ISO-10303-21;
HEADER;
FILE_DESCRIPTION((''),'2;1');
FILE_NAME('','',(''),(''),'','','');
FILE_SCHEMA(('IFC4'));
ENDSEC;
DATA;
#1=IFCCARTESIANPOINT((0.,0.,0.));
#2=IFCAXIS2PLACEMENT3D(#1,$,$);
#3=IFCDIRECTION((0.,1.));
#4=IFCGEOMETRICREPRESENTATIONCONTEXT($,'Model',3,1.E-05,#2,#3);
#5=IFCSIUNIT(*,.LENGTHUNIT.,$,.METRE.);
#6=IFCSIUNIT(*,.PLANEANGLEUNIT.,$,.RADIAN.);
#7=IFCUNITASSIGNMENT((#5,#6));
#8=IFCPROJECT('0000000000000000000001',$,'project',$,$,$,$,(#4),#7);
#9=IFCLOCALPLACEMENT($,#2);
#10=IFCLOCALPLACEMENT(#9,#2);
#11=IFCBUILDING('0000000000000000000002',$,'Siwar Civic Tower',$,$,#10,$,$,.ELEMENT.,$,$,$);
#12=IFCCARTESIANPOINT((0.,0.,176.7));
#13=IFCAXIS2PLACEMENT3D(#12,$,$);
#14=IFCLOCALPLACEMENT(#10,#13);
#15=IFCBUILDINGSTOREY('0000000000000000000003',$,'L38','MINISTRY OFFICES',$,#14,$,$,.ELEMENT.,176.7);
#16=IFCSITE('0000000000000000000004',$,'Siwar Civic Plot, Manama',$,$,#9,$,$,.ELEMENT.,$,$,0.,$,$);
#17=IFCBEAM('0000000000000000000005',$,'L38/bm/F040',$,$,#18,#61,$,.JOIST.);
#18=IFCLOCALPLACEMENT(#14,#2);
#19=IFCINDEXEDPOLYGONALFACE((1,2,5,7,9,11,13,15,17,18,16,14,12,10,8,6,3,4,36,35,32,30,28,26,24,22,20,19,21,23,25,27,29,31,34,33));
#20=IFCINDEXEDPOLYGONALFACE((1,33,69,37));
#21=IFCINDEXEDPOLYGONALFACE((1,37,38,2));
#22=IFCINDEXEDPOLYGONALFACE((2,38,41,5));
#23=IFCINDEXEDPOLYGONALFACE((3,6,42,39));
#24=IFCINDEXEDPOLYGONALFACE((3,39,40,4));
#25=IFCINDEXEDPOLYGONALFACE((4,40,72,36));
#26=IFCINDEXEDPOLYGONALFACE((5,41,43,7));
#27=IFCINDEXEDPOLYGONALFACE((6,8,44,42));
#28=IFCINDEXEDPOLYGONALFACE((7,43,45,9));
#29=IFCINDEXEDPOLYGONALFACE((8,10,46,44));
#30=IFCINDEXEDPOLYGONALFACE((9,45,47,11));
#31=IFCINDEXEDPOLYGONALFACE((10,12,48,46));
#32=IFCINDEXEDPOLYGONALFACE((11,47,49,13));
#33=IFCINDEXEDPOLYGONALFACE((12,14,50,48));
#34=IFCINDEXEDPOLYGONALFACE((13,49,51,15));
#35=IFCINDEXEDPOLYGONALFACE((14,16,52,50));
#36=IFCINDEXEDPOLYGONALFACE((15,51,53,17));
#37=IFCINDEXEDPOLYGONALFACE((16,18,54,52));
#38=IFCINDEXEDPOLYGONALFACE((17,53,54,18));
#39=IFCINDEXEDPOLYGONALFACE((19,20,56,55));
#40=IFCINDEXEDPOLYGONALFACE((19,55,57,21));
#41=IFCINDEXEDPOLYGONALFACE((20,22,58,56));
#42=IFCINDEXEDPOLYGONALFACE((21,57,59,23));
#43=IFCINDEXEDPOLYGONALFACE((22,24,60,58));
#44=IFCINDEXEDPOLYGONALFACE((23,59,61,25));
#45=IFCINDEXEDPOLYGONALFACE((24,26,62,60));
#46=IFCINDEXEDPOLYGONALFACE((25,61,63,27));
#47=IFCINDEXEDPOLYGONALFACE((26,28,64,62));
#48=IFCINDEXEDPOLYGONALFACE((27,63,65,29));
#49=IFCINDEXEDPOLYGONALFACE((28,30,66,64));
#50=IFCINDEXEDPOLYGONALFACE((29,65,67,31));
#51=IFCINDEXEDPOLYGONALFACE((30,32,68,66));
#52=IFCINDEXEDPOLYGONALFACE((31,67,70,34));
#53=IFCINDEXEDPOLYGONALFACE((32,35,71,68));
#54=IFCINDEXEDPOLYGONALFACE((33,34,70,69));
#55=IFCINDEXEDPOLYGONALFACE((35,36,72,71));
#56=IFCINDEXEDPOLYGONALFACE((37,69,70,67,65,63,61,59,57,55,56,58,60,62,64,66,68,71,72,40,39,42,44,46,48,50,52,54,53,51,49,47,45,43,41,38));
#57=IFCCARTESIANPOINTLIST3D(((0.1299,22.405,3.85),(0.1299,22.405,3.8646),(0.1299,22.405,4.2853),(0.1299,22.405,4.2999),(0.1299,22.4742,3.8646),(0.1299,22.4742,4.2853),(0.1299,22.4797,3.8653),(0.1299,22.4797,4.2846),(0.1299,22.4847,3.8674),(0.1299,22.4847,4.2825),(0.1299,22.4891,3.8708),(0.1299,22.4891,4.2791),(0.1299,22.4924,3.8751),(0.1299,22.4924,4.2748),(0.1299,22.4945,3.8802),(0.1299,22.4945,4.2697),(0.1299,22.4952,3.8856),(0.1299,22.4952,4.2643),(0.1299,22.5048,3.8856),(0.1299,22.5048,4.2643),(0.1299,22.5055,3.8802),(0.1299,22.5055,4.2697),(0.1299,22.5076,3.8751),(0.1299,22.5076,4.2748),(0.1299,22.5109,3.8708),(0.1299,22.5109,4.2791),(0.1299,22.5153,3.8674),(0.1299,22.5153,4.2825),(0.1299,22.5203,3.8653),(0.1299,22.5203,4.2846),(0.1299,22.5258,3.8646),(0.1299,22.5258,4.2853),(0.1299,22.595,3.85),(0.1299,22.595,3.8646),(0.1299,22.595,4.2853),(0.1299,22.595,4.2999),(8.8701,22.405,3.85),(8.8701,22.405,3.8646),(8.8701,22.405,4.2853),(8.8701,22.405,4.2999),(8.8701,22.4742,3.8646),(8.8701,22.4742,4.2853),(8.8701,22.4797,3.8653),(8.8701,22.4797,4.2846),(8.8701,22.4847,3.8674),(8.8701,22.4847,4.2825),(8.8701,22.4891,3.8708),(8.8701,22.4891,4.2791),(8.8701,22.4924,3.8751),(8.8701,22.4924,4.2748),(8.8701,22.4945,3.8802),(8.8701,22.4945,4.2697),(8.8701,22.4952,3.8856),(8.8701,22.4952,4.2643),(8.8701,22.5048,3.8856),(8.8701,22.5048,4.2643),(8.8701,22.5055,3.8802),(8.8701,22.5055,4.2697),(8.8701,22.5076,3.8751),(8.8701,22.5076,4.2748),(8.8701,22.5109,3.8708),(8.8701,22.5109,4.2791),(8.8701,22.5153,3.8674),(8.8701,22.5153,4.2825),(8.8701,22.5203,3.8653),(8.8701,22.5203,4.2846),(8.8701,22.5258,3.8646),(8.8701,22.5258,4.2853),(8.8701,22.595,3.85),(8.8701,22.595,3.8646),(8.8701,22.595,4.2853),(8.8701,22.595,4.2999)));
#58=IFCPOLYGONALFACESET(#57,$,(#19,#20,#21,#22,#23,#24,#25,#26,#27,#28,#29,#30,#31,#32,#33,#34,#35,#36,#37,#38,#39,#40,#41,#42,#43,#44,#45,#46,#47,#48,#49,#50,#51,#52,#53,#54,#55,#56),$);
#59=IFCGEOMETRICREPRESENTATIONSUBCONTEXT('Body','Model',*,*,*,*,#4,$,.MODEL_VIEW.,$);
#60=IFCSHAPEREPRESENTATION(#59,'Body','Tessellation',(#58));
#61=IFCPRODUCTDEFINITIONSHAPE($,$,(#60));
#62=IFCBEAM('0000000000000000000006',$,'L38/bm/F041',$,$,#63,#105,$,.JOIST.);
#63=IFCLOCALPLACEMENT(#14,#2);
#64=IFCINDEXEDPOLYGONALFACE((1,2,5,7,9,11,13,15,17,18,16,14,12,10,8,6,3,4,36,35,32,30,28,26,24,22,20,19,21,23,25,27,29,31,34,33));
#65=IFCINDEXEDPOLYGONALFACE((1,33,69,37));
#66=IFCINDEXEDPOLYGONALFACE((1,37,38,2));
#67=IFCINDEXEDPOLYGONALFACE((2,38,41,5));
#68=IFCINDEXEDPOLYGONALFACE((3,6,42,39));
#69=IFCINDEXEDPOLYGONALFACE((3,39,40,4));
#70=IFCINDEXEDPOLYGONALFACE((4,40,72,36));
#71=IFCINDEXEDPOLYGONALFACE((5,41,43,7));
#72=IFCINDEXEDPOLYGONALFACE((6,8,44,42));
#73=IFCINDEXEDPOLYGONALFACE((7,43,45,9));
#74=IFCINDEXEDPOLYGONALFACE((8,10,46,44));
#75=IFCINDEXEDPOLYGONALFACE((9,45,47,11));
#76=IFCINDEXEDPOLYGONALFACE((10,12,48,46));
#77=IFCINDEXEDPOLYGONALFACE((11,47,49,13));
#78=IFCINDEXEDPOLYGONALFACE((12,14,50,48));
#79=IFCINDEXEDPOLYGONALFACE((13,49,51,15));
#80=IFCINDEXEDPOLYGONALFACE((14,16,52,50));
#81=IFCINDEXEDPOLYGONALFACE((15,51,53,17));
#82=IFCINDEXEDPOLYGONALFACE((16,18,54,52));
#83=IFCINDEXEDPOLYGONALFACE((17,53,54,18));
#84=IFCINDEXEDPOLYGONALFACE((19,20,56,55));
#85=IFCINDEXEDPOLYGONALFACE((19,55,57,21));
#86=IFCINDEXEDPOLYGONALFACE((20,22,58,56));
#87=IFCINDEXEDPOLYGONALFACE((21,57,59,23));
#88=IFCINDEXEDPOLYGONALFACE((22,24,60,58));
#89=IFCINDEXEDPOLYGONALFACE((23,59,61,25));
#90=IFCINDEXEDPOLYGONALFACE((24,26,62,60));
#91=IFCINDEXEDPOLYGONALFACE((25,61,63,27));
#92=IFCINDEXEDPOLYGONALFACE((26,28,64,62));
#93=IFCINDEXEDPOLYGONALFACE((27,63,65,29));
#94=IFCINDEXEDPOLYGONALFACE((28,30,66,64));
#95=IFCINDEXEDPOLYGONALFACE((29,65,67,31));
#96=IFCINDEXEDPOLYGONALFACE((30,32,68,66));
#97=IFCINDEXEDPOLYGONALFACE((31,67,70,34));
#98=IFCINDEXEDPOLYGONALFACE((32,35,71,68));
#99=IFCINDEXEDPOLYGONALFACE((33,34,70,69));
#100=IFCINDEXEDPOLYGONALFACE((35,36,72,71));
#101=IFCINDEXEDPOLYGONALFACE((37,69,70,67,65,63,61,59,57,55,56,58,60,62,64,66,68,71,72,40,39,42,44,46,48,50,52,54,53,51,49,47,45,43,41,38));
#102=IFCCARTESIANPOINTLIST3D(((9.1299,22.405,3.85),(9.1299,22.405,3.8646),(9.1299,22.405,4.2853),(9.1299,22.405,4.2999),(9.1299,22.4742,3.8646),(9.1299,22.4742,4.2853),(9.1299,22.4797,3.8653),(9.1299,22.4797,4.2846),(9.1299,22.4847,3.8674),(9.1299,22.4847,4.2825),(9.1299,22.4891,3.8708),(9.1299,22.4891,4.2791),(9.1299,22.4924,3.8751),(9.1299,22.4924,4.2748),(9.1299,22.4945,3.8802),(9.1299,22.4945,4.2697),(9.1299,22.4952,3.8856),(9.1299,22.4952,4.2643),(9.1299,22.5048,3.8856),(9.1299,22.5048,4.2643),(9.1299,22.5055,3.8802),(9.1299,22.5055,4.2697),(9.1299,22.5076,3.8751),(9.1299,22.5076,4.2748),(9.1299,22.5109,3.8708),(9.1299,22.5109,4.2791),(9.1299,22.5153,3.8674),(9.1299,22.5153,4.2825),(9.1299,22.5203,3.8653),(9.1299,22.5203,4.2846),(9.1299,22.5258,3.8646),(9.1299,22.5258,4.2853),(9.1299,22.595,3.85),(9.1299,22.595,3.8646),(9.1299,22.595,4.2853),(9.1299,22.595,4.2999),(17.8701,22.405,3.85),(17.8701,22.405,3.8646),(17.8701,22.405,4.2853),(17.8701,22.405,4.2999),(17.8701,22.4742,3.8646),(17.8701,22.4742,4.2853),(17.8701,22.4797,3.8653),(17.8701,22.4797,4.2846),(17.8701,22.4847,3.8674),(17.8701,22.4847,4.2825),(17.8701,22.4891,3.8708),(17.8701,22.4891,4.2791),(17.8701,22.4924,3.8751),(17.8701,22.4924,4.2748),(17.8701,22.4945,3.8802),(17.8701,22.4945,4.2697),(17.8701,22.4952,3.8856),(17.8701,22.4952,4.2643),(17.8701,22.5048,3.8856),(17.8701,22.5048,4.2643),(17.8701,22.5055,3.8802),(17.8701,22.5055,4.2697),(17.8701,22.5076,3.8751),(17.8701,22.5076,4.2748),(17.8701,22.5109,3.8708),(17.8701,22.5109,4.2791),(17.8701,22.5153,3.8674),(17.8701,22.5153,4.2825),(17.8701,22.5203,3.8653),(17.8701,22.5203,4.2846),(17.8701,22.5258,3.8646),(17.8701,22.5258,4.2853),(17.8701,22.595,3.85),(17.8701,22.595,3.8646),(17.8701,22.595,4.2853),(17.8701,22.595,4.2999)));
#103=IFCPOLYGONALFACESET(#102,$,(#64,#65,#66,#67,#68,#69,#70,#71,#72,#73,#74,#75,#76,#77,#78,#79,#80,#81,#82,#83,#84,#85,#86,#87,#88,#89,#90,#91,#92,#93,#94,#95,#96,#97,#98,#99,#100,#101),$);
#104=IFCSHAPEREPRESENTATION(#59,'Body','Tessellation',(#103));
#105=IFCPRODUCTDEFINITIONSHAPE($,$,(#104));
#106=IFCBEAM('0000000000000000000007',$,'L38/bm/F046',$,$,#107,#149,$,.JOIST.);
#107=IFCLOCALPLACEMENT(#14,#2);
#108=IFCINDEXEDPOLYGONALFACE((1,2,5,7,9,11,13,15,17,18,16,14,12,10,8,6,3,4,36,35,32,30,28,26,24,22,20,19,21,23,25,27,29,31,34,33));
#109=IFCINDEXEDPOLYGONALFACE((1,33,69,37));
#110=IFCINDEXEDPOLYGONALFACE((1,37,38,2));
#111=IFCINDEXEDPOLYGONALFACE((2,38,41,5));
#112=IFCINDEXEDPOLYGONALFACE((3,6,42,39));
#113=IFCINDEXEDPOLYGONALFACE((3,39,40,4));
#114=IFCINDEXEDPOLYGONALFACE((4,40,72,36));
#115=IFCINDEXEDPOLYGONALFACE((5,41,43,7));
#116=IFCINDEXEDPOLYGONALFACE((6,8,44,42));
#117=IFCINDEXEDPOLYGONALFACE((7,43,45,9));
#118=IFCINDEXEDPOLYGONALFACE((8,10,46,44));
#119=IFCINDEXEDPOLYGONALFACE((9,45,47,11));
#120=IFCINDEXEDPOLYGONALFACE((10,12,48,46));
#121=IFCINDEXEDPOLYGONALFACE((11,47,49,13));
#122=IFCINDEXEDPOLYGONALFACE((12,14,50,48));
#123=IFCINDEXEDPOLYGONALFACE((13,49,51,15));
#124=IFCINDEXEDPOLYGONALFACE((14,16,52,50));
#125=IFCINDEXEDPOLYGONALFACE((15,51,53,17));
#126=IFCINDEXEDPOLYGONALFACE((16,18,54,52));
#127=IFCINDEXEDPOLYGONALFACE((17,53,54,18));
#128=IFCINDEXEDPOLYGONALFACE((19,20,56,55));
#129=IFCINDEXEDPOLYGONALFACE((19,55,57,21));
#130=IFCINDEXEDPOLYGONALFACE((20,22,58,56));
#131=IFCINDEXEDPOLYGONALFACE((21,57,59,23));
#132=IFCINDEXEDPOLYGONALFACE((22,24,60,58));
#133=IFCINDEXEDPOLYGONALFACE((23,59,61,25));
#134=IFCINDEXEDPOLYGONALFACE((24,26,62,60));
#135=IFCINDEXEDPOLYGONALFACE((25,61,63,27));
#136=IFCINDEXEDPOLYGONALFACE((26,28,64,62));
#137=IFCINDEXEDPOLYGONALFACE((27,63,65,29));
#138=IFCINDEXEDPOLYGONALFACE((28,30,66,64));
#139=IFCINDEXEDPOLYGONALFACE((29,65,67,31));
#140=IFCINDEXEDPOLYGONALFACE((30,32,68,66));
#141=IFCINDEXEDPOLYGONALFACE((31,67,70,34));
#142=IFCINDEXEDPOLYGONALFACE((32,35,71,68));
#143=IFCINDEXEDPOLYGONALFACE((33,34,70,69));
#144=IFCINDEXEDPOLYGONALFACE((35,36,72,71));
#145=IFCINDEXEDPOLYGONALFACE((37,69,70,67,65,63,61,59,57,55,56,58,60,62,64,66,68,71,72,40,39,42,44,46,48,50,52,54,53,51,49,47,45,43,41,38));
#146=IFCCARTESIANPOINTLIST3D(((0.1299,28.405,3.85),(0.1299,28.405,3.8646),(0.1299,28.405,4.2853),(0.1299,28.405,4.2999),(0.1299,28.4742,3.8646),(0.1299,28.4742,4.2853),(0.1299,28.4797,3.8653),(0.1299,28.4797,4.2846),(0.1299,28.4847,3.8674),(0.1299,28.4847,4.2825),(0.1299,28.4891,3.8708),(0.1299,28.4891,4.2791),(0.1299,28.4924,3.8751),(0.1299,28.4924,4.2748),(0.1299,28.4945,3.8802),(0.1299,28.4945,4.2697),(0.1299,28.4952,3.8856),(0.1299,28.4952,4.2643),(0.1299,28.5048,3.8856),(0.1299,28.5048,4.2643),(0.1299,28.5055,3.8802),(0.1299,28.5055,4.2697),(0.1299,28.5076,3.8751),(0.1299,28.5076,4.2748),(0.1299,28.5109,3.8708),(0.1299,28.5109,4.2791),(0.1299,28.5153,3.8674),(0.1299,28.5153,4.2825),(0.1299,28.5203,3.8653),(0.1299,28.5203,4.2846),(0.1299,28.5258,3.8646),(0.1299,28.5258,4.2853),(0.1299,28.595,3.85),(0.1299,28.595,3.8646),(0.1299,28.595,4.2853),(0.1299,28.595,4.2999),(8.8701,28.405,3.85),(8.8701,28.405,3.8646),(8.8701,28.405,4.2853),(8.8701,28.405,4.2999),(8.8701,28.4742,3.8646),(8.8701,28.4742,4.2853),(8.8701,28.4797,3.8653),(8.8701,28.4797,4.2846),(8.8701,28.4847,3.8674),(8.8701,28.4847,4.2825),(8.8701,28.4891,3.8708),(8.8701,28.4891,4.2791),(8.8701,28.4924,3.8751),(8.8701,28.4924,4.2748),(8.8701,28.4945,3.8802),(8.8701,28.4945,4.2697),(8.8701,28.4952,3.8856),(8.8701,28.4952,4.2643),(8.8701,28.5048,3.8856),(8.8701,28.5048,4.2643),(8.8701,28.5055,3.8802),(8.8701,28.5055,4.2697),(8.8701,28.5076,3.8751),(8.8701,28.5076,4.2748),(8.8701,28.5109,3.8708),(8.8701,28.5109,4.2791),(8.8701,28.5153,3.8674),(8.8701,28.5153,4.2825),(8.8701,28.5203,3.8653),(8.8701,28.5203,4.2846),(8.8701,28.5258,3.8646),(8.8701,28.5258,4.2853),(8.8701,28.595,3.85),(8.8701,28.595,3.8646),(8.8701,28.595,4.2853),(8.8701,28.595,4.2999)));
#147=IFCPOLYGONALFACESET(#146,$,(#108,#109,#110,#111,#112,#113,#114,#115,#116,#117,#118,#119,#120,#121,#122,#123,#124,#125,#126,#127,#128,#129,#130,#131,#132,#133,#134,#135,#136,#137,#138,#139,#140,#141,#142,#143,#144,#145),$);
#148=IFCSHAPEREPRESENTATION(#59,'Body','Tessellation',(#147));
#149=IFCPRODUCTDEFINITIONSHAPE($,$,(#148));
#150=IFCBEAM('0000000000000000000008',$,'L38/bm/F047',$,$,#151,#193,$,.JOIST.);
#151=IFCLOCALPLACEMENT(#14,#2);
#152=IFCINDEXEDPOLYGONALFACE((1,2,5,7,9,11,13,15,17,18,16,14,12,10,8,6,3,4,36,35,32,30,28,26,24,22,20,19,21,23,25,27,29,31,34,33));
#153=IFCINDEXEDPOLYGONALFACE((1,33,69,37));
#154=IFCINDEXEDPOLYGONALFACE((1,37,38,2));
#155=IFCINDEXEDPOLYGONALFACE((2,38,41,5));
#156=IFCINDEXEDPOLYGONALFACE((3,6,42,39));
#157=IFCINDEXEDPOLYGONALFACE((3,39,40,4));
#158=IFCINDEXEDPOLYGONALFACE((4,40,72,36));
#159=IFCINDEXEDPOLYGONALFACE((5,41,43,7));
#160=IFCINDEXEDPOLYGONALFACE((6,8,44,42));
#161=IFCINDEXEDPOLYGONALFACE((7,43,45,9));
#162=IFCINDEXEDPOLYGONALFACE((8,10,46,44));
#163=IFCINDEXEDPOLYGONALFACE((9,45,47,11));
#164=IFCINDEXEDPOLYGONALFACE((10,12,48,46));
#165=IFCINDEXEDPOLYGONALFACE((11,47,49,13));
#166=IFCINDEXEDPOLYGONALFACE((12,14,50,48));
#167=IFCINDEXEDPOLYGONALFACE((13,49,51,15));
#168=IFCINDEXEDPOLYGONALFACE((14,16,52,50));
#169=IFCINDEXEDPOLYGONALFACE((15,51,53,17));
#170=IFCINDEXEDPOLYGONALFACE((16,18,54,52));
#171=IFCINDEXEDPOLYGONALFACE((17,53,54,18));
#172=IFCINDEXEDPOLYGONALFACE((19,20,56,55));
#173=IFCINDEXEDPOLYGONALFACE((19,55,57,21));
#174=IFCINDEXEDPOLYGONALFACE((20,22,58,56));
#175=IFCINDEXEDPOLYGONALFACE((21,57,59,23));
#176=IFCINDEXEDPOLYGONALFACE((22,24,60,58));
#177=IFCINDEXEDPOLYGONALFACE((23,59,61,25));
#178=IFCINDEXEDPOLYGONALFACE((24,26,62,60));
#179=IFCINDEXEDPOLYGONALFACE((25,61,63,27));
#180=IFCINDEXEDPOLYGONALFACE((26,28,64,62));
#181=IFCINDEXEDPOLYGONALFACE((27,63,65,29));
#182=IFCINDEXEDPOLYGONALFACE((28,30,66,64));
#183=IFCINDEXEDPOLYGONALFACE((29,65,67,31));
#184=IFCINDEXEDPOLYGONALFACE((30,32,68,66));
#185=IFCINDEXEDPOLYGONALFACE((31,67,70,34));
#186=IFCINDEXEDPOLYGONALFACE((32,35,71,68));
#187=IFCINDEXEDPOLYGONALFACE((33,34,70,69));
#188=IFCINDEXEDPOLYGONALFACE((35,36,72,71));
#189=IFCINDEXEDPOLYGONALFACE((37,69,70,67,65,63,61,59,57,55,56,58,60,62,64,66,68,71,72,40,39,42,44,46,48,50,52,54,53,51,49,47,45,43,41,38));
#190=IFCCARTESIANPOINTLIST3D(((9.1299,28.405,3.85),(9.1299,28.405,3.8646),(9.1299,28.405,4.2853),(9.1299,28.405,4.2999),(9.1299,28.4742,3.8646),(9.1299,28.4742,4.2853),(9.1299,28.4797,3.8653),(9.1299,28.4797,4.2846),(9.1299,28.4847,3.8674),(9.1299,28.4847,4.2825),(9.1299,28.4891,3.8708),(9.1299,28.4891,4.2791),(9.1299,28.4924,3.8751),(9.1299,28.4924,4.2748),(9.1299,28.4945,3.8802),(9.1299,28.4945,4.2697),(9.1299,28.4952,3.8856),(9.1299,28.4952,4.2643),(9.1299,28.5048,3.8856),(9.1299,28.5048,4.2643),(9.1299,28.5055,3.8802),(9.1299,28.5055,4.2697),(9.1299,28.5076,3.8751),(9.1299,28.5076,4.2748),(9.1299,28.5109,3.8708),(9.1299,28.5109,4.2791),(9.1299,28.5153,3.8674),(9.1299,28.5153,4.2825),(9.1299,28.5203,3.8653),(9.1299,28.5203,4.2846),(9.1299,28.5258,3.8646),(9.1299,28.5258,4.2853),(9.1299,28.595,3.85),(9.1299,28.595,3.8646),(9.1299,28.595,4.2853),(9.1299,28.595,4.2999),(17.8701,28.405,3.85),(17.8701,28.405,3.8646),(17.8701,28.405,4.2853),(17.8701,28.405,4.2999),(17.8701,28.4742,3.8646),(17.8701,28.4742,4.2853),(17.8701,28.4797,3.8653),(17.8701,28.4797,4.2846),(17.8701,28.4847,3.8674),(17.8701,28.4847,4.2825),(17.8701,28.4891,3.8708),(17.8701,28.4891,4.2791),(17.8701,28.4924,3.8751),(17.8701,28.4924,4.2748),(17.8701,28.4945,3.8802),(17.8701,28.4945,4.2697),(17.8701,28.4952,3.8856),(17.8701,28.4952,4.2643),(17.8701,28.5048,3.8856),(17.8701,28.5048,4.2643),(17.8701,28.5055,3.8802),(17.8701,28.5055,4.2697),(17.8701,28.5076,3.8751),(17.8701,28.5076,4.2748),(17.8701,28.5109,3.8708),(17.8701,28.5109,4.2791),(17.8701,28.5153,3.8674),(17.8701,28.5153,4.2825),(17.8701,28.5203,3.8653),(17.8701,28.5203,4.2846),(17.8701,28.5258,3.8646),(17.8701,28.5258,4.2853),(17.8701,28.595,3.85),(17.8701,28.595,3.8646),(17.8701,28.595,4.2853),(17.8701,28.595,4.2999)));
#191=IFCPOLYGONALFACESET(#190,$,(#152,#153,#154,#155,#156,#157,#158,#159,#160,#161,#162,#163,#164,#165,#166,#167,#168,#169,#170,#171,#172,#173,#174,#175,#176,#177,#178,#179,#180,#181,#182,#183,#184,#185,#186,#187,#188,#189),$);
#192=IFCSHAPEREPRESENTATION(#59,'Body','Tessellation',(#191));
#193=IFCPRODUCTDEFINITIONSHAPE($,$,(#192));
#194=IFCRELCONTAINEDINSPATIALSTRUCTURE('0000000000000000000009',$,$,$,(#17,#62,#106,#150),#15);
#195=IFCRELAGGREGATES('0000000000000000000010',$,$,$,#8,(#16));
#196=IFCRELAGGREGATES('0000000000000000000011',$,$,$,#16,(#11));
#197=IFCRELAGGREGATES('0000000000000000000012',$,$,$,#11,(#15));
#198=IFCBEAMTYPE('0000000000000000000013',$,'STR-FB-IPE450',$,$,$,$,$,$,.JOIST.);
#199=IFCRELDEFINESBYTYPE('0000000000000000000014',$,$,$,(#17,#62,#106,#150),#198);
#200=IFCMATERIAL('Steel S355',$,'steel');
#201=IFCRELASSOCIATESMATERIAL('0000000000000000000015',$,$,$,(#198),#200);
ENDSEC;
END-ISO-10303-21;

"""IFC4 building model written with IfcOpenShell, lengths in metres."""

from ifc_helpers import new_model, si_unit, direction, frame, origin, origin_2d, place, context, subcontext, project, spatial, i_section, extrude, material, material_profile, profile_set, type_object, element, save


model = new_model("IFC4")

# Units and contexts
model_context = context("Model", 3, precision=1e-05, world=origin(), true_north=direction((0.0, 1.0)))
body_context = subcontext(model_context, "Body", "Model", "MODEL_VIEW")
ifc_project = project(units=[si_unit("LENGTHUNIT", "METRE"), si_unit("PLANEANGLEUNIT", "RADIAN")], contexts=[model_context])

# Site, building, storey
site_placement = place(None, origin())
site = spatial("IfcSite", under=ifc_project, at=site_placement, Name="Siwar Civic Plot, Manama", CompositionType="ELEMENT", RefElevation=0.0)
building_placement = place(site_placement, origin())
building = spatial("IfcBuilding", under=site, at=building_placement, Name="Siwar Civic Tower", CompositionType="ELEMENT")
storey_placement = place(building_placement, frame((0.0, 0.0, 176.7)))
storey = spatial("IfcBuildingStorey", under=building, at=storey_placement, Name="L38", Description="MINISTRY OFFICES", CompositionType="ELEMENT", Elevation=176.7)

# Beams
ifc_material_1 = material(Name="Steel S355", Category="steel")
ifc_material_profile_1 = material_profile(ifc_material_1, i_section(OverallWidth=0.1899, OverallDepth=0.45, WebThickness=0.0095, FlangeThickness=0.0146, FilletRadius=0.021, at=origin_2d()), Name="IPE450")
ifc_profile_set_1 = profile_set([ifc_material_profile_1], Name="Steel S355")
beam_type_1 = type_object("IfcBeamType", Name="STR-FB-IPE450", PredefinedType="JOIST", material=ifc_profile_set_1)
for number, where, z_axis, x_axis, name in (
    (1, (0.1299, 22.5, 4.075), (1.0, 0.0, 0.0), (0.0, 1.0, 0.0), "L38/bm/F040"),
    (2, (9.1299, 22.5, 4.075), (1.0, 0.0, 0.0), (0.0, 1.0, 0.0), "L38/bm/F041"),
    (3, (0.1299, 28.5, 4.075), (1.0, 0.0, 0.0), (0.0, 1.0, 0.0), "L38/bm/F046"),
    (4, (9.1299, 28.5, 4.075), (1.0, 0.0, 0.0), (0.0, 1.0, 0.0), "L38/bm/F047"),
):
    element("IfcBeam", number, at=place(storey_placement, frame(where, z_axis=z_axis, x_axis=x_axis)), inside=storey, type_object=beam_type_1, Name=name, PredefinedType="JOIST", context=body_context, shape_type="SweptSolid", body=[
        extrude(i_section(OverallWidth=0.1899, OverallDepth=0.45, WebThickness=0.0095, FlangeThickness=0.0146, FilletRadius=0.021, at=origin_2d()), origin(), (0.0, 0.0, 1.0), 8.7402),
    ])

save(model, "model.ifc")
